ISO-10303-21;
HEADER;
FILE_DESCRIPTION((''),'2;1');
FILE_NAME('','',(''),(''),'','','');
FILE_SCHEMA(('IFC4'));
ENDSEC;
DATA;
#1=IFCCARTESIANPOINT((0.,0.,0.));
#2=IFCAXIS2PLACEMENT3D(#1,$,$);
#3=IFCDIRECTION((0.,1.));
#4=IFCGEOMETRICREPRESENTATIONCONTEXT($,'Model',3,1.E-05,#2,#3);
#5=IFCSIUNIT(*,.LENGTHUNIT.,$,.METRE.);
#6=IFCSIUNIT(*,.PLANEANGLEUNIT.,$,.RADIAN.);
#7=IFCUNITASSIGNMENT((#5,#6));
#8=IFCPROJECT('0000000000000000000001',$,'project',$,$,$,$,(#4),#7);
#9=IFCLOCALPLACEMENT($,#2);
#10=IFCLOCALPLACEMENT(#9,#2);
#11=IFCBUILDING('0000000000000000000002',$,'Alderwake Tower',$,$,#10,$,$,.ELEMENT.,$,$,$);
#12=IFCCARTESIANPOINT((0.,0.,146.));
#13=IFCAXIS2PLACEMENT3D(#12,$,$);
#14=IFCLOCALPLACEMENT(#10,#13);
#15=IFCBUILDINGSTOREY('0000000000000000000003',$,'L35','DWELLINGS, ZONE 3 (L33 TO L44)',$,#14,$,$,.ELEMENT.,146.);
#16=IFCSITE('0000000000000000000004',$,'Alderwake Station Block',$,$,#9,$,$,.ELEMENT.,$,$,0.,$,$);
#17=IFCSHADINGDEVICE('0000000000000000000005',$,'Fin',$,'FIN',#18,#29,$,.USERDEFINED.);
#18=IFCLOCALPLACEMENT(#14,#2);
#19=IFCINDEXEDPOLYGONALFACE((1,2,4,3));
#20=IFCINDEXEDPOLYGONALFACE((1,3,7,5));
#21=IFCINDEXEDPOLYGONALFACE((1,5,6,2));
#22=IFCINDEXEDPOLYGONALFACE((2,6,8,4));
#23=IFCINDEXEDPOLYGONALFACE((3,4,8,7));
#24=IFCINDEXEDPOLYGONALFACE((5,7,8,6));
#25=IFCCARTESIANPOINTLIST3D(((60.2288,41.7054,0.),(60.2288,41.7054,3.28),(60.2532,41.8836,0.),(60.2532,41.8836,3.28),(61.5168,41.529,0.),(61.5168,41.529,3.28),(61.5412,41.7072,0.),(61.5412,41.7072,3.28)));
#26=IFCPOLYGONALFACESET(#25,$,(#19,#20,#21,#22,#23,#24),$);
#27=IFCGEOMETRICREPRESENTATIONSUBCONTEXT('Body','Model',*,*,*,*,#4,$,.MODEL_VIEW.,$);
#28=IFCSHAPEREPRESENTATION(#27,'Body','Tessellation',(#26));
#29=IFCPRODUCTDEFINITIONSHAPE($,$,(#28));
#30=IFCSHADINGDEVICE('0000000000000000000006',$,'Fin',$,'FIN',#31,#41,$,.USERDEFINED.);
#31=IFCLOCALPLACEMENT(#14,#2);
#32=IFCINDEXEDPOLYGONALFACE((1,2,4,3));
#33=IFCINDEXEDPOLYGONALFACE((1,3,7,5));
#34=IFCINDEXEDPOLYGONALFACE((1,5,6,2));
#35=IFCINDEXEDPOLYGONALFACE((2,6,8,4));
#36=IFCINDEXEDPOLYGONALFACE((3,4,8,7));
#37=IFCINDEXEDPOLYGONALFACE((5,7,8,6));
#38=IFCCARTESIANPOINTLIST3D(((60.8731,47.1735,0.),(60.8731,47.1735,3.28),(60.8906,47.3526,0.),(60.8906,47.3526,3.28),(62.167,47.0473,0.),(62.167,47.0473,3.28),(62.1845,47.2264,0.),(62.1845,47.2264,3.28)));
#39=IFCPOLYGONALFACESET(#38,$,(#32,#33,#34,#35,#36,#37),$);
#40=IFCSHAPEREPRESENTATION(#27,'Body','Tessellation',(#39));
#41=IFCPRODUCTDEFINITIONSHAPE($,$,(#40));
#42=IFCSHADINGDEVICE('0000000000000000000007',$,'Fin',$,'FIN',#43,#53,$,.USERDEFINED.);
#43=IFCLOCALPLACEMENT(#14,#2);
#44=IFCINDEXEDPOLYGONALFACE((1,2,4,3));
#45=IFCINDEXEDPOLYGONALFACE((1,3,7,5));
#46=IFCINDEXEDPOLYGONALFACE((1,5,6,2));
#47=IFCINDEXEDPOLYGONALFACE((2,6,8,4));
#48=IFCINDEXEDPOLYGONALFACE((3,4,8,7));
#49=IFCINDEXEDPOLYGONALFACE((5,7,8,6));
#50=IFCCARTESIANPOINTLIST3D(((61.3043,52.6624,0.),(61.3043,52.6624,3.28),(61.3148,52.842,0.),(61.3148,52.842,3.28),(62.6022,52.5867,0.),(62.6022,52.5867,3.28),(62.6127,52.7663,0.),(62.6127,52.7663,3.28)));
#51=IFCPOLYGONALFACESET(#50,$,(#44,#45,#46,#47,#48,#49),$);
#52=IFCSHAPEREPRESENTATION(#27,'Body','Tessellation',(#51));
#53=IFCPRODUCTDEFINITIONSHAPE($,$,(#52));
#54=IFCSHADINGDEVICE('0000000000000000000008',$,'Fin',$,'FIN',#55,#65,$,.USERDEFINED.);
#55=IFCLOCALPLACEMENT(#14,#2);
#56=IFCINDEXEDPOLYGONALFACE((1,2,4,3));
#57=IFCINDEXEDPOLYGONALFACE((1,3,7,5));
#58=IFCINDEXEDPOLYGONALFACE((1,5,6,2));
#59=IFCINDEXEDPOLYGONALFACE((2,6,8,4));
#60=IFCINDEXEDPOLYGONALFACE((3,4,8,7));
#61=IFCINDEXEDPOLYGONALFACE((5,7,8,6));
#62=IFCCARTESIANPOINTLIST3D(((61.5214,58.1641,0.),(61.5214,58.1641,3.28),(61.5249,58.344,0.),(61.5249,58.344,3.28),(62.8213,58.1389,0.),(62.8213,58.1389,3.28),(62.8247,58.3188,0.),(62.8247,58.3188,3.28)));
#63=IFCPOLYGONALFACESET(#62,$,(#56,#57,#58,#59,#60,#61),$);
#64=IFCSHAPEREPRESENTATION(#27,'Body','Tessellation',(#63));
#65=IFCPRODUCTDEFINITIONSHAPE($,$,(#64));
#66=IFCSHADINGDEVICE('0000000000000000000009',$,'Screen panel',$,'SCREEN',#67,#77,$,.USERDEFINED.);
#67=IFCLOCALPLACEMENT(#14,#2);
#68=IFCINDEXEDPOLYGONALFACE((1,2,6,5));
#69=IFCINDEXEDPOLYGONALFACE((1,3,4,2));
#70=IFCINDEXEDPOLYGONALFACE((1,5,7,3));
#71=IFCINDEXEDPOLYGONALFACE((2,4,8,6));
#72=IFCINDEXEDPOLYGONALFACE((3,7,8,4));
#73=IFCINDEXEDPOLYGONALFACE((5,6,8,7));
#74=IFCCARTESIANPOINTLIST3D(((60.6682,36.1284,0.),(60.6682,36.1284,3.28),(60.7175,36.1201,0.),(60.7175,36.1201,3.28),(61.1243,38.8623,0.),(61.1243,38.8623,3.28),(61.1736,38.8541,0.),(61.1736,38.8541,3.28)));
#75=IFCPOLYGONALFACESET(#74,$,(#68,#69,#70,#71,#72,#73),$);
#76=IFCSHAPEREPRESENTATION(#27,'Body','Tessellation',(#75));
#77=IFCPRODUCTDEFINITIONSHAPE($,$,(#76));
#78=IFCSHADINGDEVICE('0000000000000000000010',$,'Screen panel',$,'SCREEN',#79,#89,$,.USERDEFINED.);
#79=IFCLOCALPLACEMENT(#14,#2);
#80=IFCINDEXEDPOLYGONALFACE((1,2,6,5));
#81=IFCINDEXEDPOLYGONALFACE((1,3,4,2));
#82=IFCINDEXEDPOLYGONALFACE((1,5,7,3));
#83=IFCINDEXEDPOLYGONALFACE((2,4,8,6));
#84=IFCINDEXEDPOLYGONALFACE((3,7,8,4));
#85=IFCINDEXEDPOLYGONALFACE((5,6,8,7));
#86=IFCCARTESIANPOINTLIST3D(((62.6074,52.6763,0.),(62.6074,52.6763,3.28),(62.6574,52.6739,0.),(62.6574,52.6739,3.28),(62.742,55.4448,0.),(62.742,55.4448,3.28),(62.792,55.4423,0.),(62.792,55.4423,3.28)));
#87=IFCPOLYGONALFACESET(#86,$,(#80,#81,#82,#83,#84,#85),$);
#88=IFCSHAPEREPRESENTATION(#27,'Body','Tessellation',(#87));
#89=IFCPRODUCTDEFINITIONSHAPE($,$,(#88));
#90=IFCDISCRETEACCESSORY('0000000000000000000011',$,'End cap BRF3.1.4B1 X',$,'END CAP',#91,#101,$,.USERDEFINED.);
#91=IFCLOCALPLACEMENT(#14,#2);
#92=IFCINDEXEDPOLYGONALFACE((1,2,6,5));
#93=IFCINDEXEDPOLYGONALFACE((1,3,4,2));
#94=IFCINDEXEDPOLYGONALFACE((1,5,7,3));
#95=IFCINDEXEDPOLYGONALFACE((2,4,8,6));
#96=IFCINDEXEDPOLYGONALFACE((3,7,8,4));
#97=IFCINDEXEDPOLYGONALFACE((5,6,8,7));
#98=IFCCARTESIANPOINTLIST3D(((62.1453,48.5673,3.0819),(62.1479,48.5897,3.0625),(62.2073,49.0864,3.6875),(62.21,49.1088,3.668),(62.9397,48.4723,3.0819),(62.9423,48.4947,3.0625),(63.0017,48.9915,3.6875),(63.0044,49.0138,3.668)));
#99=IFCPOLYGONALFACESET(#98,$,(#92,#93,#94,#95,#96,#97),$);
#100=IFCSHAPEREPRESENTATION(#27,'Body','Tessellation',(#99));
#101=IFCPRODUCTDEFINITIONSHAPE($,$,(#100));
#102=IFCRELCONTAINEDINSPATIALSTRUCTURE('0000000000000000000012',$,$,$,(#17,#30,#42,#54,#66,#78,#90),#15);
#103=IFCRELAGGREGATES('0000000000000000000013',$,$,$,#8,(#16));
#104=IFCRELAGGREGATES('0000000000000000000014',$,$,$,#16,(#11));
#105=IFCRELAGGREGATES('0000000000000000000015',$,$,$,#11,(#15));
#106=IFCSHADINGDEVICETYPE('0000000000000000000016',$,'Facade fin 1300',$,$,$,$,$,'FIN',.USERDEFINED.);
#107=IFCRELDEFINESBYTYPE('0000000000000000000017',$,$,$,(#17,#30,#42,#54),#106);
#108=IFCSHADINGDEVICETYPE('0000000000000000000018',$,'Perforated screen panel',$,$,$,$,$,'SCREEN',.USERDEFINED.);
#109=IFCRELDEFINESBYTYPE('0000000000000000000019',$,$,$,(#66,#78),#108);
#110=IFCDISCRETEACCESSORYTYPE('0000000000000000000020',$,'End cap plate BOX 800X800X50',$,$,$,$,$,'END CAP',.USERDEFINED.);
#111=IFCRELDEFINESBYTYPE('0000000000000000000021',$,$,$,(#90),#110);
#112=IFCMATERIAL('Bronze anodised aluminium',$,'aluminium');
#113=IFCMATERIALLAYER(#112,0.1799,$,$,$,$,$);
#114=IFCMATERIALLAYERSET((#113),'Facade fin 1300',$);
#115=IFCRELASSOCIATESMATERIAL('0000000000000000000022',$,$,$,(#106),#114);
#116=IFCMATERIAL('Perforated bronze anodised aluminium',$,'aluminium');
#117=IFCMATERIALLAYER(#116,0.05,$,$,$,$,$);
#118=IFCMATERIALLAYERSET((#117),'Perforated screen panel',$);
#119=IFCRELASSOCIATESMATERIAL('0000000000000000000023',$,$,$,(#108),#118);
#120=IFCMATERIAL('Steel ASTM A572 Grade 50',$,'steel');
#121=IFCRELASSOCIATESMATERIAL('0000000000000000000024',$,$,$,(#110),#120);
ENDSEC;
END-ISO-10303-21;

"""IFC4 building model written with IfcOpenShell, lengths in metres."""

from ifc_helpers import new_model, si_unit, direction, frame, origin, origin_2d, place, context, subcontext, project, spatial, rectangle, extrude, material, layer, layer_set, material_profile, profile_set, type_object, element, save


model = new_model("IFC4")

# Units and contexts
model_context = context("Model", 3, precision=1e-05, world=origin(), true_north=direction((0.0, 1.0)))
body_context = subcontext(model_context, "Body", "Model", "MODEL_VIEW")
ifc_project = project(units=[si_unit("LENGTHUNIT", "METRE"), si_unit("PLANEANGLEUNIT", "RADIAN")], contexts=[model_context])

# Site, building, storey
site_placement = place(None, origin())
site = spatial("IfcSite", under=ifc_project, at=site_placement, Name="Alderwake Station Block", CompositionType="ELEMENT", RefElevation=0.0)
building_placement = place(site_placement, origin())
building = spatial("IfcBuilding", under=site, at=building_placement, Name="Alderwake Tower", CompositionType="ELEMENT")
storey_placement = place(building_placement, frame((0.0, 0.0, 146.0)))
storey = spatial("IfcBuildingStorey", under=building, at=storey_placement, Name="L35", Description="DWELLINGS, ZONE 3 (L33 TO L44)", CompositionType="ELEMENT", Elevation=146.0)

# Shading devices
ifc_material_1 = material(Name="Bronze anodised aluminium", Category="aluminium")
ifc_layer_1 = layer(ifc_material_1, 0.1799)
ifc_layer_set_1 = layer_set([ifc_layer_1], Name="Facade fin 1300")
shading_device_type_1 = type_object("IfcShadingDeviceType", Name="Facade fin 1300", ElementType="FIN", PredefinedType="USERDEFINED", material=ifc_layer_set_1)
for number, where, z_axis, x_axis, name in (
    (1, (60.885, 41.7063, 0.0), (0.0, 0.0, 1.0), (0.990753, -0.135681, 0.0), "Fin"),
    (2, (61.5288, 47.2, 0.0), (0.0, 0.0, 1.0), (0.99528, -0.097046, 0.0), "Fin"),
    (3, (61.9585, 52.7144, 0.0), (0.0, 0.0, 1.0), (0.998301, -0.058266, 0.0), "Fin"),
    (4, (62.1731, 58.2415, 0.0), (0.0, 0.0, 1.0), (0.999812, -0.019398, 0.0), "Fin"),
):
    element("IfcShadingDevice", number, at=place(storey_placement, frame(where, z_axis=z_axis, x_axis=x_axis)), inside=storey, type_object=shading_device_type_1, Name=name, ObjectType="FIN", PredefinedType="USERDEFINED", context=body_context, shape_type="SweptSolid", body=[
        extrude(rectangle(XDim=1.3, YDim=0.1799, at=origin_2d()), origin(), (0.0, 0.0, 1.0), 3.28),
    ])
ifc_material_2 = material(Name="Perforated bronze anodised aluminium", Category="aluminium")
ifc_layer_2 = layer(ifc_material_2, 0.05)
ifc_layer_set_2 = layer_set([ifc_layer_2], Name="Perforated screen panel")
shading_device_type_2 = type_object("IfcShadingDeviceType", Name="Perforated screen panel", ElementType="SCREEN", PredefinedType="USERDEFINED", material=ifc_layer_set_2)
for number, where, z_axis, x_axis, name in (
    (5, (60.9209, 37.4912, 0.0), (0.0, 0.0, 1.0), (0.986369, -0.164548, 0.0), "Screen panel"),
    (6, (62.6997, 54.0593, 0.0), (0.0, 0.0, 1.0), (0.998819, -0.048581, 0.0), "Screen panel"),
):
    element("IfcShadingDevice", number, at=place(storey_placement, frame(where, z_axis=z_axis, x_axis=x_axis)), inside=storey, type_object=shading_device_type_2, Name=name, ObjectType="SCREEN", PredefinedType="USERDEFINED", context=body_context, shape_type="SweptSolid", body=[
        extrude(rectangle(XDim=0.05, YDim=2.7717, at=origin_2d()), origin(), (0.0, 0.0, 1.0), 3.28),
    ])

# Discrete accessory
ifc_material_3 = material(Name="Steel ASTM A572 Grade 50", Category="steel")
ifc_material_profile_1 = material_profile(ifc_material_3, rectangle(XDim=0.8, YDim=0.8, at=origin_2d()), Name="BOX 800X800X50 cap")
ifc_profile_set_1 = profile_set([ifc_material_profile_1], Name="Steel ASTM A572 Grade 50")
discrete_accessory_type = type_object("IfcDiscreteAccessoryType", Name="End cap plate BOX 800X800X50", ElementType="END CAP", PredefinedType="USERDEFINED", material=ifc_profile_set_1)
discrete_accessory_placement = place(storey_placement, frame((62.5762, 48.8018, 3.3652), z_axis=(-0.08986, -0.751553, 0.653524), x_axis=(0.992928, -0.11872, 0.0)))
element("IfcDiscreteAccessory", 7, at=discrete_accessory_placement, inside=storey, type_object=discrete_accessory_type, Name="End cap BRF3.1.4B1 X", ObjectType="END CAP", PredefinedType="USERDEFINED", context=body_context, shape_type="SweptSolid", body=[
    extrude(rectangle(XDim=0.8, YDim=0.8, at=origin_2d()), origin(), (0.0, 0.0, 1.0), 0.0298),
])

save(model, "model.ifc")
